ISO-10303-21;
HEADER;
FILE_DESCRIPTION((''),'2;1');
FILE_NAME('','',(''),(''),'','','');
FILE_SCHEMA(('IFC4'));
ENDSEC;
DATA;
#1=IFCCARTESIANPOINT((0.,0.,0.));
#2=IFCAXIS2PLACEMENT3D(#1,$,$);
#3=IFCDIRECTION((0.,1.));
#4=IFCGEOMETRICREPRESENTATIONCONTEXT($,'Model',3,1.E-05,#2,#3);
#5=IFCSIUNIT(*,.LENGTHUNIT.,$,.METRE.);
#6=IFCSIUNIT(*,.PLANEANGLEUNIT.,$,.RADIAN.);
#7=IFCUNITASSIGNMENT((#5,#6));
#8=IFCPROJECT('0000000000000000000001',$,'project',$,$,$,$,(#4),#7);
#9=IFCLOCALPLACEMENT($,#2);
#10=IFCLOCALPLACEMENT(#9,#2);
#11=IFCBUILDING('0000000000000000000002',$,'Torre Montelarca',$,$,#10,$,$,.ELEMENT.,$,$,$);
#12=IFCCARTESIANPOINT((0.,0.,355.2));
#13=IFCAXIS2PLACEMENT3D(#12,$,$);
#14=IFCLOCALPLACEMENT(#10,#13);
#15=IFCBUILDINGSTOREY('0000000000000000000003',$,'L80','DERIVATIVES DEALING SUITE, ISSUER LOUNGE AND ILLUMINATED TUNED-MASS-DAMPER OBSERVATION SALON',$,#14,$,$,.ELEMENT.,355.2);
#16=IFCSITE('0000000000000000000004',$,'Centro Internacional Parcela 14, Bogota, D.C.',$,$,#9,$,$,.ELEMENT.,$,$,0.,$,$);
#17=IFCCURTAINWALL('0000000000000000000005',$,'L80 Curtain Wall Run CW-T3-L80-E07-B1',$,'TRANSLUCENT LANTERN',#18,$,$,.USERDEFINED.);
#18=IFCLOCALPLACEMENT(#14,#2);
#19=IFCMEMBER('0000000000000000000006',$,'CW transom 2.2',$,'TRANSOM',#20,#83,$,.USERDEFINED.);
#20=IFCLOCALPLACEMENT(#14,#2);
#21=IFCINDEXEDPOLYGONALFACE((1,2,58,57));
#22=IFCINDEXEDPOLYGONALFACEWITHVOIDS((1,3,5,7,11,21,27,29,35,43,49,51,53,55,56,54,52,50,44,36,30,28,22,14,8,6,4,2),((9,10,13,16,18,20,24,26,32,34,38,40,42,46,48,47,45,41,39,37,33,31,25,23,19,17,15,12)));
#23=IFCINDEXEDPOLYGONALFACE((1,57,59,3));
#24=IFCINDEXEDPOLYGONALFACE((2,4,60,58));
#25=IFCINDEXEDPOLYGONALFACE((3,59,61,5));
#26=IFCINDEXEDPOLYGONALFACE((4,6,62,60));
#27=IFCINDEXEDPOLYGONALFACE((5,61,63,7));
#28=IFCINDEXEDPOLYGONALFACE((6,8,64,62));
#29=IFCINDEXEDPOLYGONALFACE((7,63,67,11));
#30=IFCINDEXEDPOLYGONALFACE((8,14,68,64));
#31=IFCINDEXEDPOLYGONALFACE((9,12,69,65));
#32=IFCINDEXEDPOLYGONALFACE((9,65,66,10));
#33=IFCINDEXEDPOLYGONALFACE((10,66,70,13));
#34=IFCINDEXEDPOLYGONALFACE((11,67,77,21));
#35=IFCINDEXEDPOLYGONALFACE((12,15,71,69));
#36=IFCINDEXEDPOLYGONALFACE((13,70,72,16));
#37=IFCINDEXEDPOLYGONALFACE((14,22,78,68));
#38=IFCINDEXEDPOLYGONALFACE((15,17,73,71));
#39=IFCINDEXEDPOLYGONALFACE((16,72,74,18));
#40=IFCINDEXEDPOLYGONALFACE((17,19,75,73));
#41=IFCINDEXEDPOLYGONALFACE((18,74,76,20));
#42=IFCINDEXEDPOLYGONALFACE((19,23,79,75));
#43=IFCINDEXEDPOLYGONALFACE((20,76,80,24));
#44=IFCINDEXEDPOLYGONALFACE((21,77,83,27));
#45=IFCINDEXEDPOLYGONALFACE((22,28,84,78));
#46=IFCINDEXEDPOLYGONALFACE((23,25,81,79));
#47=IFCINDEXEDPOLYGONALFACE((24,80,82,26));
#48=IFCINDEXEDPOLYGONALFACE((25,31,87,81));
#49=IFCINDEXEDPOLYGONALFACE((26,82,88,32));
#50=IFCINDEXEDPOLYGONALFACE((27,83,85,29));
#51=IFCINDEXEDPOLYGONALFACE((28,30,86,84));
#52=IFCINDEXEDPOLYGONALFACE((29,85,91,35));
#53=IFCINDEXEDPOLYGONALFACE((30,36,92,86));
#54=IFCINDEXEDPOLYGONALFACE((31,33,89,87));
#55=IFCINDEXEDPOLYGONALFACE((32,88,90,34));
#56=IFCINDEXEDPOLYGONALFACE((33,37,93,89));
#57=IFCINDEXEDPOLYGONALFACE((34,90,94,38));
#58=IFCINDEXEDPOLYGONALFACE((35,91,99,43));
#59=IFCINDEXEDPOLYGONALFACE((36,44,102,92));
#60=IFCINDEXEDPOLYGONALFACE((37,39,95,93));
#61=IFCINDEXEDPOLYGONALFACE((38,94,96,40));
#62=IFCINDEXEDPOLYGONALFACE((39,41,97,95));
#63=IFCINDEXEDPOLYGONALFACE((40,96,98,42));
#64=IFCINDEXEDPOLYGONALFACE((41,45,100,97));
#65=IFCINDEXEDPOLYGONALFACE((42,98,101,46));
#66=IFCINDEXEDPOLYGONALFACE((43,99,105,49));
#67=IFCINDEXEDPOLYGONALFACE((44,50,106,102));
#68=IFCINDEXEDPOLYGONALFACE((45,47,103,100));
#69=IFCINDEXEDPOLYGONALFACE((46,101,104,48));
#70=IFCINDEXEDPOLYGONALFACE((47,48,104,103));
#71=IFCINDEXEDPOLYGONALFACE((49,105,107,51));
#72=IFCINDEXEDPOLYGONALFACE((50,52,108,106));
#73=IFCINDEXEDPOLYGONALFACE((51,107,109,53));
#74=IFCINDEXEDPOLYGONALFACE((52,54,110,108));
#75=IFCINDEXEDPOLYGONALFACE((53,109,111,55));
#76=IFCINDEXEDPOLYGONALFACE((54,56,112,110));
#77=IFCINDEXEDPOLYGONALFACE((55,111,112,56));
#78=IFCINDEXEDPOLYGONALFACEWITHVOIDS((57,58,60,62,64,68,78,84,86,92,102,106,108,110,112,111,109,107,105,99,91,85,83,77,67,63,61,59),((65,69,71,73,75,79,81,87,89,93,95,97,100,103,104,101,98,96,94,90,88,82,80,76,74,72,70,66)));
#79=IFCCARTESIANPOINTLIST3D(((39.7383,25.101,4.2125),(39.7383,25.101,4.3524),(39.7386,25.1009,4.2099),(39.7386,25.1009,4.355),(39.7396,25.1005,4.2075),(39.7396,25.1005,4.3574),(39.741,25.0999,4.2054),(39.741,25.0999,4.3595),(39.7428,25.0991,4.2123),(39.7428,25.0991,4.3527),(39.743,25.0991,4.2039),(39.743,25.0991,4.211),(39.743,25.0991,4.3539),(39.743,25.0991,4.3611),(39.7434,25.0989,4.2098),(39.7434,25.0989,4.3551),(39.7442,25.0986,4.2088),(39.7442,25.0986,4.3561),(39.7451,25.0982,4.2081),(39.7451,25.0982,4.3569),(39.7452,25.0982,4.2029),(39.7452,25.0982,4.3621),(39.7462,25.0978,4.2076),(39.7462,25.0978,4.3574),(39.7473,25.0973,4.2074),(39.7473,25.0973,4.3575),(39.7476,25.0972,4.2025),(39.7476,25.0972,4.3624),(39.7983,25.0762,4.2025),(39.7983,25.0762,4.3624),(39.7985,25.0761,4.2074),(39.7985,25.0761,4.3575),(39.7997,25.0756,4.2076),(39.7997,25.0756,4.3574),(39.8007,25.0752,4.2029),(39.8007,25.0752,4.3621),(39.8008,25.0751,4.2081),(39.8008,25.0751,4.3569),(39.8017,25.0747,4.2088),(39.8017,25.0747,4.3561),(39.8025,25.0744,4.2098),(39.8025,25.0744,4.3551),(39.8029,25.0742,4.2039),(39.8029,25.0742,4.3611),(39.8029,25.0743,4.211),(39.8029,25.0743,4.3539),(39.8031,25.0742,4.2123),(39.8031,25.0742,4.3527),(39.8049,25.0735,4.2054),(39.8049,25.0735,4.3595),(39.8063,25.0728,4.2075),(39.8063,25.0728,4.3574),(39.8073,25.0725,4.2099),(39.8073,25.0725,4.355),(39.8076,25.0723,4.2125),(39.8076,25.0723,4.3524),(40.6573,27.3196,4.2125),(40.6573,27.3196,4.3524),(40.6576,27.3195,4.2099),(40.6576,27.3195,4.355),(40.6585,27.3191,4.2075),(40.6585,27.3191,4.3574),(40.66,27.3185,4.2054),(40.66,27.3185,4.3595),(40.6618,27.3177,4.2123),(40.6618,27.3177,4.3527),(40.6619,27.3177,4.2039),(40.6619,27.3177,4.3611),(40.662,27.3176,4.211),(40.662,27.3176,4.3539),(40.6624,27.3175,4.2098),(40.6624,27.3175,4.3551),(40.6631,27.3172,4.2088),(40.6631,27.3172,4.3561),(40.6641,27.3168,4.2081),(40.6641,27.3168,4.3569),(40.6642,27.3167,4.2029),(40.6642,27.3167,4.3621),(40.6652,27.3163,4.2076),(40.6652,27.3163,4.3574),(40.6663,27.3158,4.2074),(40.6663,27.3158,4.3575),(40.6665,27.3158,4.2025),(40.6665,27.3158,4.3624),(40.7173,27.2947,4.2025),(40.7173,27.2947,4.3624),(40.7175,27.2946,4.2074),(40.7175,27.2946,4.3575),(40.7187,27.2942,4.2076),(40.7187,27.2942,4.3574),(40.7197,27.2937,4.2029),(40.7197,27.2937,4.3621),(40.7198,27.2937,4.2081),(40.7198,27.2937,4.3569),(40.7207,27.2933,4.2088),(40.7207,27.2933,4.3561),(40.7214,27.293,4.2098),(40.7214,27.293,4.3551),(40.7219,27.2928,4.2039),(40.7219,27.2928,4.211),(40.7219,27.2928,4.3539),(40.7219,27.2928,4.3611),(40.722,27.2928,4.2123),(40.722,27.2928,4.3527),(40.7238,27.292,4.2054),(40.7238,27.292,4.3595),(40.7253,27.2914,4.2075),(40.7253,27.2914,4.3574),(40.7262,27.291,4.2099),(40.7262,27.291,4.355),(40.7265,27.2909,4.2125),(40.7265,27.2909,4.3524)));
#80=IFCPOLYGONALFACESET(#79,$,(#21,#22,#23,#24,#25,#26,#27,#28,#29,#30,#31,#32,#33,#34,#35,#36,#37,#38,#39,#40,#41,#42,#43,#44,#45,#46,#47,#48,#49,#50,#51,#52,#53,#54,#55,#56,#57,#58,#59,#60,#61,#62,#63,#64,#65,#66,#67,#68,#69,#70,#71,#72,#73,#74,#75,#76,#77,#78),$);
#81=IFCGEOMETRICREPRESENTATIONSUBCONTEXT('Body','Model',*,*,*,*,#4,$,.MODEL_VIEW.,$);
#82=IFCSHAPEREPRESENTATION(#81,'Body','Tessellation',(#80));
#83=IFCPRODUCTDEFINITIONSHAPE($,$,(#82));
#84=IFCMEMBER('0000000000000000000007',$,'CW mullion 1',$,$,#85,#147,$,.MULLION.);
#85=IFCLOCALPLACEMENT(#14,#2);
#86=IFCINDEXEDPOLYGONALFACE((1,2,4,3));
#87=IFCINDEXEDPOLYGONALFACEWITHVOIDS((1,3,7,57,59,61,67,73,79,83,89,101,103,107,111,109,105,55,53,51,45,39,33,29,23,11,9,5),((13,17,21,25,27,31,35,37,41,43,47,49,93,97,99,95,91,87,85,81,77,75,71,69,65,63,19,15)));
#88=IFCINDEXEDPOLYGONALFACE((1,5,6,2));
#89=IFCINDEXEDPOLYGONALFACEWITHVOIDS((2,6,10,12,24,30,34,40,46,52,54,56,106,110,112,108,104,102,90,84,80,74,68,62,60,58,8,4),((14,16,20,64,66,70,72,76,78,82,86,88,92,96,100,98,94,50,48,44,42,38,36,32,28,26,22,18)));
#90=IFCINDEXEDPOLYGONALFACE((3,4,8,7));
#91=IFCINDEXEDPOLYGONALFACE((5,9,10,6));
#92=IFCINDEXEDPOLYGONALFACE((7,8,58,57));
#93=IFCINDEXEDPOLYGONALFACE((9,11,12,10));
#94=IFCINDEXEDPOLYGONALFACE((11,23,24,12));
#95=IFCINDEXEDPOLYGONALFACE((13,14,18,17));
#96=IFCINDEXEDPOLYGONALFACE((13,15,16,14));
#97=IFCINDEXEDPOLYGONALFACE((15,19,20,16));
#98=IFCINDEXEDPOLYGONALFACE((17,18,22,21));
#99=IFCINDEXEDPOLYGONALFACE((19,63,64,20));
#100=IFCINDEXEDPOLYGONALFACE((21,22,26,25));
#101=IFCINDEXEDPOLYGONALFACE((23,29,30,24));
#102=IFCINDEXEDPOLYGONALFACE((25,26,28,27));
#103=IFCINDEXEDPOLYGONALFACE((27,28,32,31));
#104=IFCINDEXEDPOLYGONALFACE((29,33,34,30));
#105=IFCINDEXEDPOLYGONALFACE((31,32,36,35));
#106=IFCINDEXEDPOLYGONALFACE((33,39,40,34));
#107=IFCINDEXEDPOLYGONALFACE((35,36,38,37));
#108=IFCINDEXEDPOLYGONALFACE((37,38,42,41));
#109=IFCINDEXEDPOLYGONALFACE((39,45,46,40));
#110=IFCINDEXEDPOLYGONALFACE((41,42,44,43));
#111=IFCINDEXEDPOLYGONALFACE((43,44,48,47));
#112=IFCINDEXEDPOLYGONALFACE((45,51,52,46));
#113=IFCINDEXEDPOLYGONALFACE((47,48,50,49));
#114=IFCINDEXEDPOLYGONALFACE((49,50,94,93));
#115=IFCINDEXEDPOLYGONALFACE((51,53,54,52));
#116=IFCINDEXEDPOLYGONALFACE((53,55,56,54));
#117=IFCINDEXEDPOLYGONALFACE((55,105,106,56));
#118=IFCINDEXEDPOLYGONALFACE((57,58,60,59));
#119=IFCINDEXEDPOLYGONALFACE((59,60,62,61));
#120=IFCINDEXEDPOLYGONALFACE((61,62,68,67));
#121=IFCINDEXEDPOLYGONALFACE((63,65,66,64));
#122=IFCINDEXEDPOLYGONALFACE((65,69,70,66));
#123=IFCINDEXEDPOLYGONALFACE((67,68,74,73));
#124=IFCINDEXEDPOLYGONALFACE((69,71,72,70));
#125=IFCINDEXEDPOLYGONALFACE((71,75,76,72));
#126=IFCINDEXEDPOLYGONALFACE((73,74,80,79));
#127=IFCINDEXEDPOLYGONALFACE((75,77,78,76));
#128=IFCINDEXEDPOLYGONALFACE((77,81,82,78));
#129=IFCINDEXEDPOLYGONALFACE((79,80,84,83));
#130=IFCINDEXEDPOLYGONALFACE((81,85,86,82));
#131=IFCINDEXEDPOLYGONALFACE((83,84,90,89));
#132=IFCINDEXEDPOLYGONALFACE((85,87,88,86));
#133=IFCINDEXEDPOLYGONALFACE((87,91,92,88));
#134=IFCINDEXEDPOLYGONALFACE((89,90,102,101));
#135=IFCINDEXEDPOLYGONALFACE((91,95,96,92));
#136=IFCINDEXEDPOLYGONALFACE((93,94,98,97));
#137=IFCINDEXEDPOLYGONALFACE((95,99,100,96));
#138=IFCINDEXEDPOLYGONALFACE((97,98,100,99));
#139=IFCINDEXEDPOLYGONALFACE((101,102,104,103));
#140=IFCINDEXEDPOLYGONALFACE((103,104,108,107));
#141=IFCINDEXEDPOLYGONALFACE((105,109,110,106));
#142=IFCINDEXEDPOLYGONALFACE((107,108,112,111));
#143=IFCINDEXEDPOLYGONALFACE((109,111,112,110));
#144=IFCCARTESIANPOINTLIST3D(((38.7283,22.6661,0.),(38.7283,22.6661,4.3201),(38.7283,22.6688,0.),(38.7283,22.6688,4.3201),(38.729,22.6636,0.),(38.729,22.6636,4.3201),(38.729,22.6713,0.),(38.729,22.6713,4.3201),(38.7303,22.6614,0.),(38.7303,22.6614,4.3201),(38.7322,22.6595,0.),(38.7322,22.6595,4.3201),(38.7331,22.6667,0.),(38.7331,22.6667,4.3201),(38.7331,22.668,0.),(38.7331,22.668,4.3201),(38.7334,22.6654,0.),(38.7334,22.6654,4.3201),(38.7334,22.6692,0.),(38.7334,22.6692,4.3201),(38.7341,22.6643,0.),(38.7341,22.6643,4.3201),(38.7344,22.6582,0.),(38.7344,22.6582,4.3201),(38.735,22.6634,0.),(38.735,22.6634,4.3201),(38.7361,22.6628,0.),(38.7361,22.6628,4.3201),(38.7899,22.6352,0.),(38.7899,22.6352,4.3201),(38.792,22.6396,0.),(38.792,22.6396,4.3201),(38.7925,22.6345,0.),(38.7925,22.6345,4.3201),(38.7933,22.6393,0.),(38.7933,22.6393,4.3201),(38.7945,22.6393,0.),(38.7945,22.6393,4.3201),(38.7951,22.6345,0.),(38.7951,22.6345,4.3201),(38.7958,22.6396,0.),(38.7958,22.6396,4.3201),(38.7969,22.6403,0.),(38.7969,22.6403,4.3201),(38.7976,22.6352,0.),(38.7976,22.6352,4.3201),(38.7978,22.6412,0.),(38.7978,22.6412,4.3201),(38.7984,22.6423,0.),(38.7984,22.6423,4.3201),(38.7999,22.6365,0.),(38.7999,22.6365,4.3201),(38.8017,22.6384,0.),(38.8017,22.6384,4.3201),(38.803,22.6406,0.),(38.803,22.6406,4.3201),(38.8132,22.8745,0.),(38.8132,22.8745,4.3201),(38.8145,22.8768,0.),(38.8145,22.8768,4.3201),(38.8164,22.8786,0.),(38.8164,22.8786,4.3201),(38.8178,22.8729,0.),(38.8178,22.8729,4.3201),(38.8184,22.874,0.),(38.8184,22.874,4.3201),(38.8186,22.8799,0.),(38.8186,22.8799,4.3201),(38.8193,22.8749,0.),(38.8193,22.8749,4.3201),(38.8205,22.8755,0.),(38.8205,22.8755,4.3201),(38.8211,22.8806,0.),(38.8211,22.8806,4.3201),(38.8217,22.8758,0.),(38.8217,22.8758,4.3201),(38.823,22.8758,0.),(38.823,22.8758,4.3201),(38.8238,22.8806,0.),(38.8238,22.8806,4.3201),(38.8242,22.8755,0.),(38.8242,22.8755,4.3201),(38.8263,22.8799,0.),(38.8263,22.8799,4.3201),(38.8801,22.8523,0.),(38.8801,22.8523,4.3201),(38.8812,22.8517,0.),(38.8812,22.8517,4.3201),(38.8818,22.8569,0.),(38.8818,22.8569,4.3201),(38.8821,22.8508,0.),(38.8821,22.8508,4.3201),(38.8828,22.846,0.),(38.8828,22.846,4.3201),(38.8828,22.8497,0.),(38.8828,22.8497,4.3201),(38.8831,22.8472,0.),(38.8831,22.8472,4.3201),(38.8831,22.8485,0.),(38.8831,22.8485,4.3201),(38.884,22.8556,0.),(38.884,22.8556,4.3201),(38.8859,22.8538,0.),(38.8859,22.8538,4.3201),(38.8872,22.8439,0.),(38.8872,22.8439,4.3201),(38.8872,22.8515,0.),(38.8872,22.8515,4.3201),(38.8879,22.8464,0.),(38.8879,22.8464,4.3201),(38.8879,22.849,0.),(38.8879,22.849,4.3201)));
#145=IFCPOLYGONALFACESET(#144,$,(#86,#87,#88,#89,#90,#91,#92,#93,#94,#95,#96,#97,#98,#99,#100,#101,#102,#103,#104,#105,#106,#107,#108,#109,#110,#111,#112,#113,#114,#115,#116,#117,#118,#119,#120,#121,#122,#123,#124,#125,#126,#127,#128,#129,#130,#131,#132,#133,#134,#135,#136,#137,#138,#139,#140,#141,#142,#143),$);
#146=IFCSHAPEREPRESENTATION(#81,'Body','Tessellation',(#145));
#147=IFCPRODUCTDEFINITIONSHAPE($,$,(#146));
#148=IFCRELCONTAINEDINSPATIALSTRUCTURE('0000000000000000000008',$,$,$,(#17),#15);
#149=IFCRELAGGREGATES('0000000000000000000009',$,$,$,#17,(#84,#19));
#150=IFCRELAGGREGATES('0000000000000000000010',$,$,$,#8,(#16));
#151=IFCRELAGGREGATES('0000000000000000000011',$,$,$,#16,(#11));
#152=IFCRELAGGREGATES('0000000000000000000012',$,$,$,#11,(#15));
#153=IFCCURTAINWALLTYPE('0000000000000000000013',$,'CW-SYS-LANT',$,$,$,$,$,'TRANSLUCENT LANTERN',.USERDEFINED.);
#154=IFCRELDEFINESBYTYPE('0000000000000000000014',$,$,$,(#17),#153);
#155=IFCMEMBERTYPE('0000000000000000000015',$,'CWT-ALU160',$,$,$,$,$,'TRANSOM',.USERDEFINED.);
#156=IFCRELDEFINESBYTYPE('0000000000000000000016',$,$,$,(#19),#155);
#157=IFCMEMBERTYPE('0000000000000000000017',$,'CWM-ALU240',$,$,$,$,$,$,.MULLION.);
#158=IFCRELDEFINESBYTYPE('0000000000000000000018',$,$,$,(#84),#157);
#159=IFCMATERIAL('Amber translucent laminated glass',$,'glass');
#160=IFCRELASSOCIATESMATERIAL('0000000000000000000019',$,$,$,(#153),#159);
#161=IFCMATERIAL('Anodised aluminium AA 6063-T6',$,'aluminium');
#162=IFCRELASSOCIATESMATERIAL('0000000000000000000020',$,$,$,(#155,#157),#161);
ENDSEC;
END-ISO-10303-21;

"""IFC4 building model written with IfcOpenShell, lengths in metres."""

from ifc_helpers import new_model, si_unit, direction, frame, origin, origin_2d, place, context, subcontext, project, spatial, hollow_rectangle, extrude, source, transform, mapped, material, material_profile, profile_set, type_object, element, aggregate, save


model = new_model("IFC4")

# Units and contexts
model_context = context("Model", 3, precision=1e-05, world=origin(), true_north=direction((0.0, 1.0)))
body_context = subcontext(model_context, "Body", "Model", "MODEL_VIEW")
ifc_project = project(units=[si_unit("LENGTHUNIT", "METRE"), si_unit("PLANEANGLEUNIT", "RADIAN")], contexts=[model_context])

# Site, building, storey
site_placement = place(None, origin())
site = spatial("IfcSite", under=ifc_project, at=site_placement, Name="Centro Internacional Parcela 14, Bogota, D.C.", CompositionType="ELEMENT", RefElevation=0.0)
building_placement = place(site_placement, origin())
building = spatial("IfcBuilding", under=site, at=building_placement, Name="Torre Montelarca", CompositionType="ELEMENT")
storey_placement = place(building_placement, frame((0.0, 0.0, 355.2)))
storey = spatial("IfcBuildingStorey", under=building, at=storey_placement, Name="L80", Description="DERIVATIVES DEALING SUITE, ISSUER LOUNGE AND ILLUMINATED TUNED-MASS-DAMPER OBSERVATION SALON", CompositionType="ELEMENT", Elevation=355.2)

# Curtain wall, members
ifc_material_1 = material(Name="Amber translucent laminated glass", Category="glass")
curtain_wall_type = type_object("IfcCurtainWallType", Name="CW-SYS-LANT", ElementType="TRANSLUCENT LANTERN", PredefinedType="USERDEFINED", material=ifc_material_1)
curtain_wall_placement = place(storey_placement, origin())
curtain_wall = element("IfcCurtainWall", 1, at=curtain_wall_placement, inside=storey, type_object=curtain_wall_type, Name="L80 Curtain Wall Run CW-T3-L80-E07-B1", ObjectType="TRANSLUCENT LANTERN", PredefinedType="USERDEFINED")
ifc_material_2 = material(Name="Anodised aluminium AA 6063-T6", Category="aluminium")
ifc_material_profile_1 = material_profile(ifc_material_2, hollow_rectangle(XDim=0.075, YDim=0.1599, WallThickness=0.0049, InnerFilletRadius=0.0049, OuterFilletRadius=0.01, at=origin_2d()), Name="ALU75X160X5", Category="aluminium")
ifc_profile_set_1 = profile_set([ifc_material_profile_1], Name="Anodised aluminium AA 6063-T6")
member_type_1 = type_object("IfcMemberType", Name="CWT-ALU160", ElementType="TRANSOM", PredefinedType="USERDEFINED", material=ifc_profile_set_1)
shared_shape_1 = source(origin(), body_context, "Body", "SweptSolid", [
    extrude(hollow_rectangle(XDim=0.075, YDim=0.1599, WallThickness=0.0049, InnerFilletRadius=0.0049, OuterFilletRadius=0.01, at=origin_2d()), origin(), (0.0, 0.0, 1.0), 2.4014),
])
member_1_placement = place(storey_placement, frame((39.7729, 25.0867, 4.2825), z_axis=(0.382687, 0.923878, 0.0), x_axis=(-0.923878, 0.382687, 0.0)))
member_1 = element("IfcMember", 2, at=member_1_placement, type_object=member_type_1, Name="CW transom 2.2", ObjectType="TRANSOM", PredefinedType="USERDEFINED", context=body_context, shape_type="MappedRepresentation", body=[
    mapped(shared_shape_1, transform((0.0, 0.0, 0.0), scale=1.0)),
])
ifc_material_profile_2 = material_profile(ifc_material_2, hollow_rectangle(XDim=0.0801, YDim=0.24, WallThickness=0.0049, InnerFilletRadius=0.0049, OuterFilletRadius=0.01, at=origin_2d()), Name="ALU80X240X5", Category="aluminium")
ifc_profile_set_2 = profile_set([ifc_material_profile_2], Name="Anodised aluminium AA 6063-T6")
member_type_2 = type_object("IfcMemberType", Name="CWM-ALU240", PredefinedType="MULLION", material=ifc_profile_set_2)
shared_shape_2 = source(origin(), body_context, "Body", "SweptSolid", [
    extrude(hollow_rectangle(XDim=0.0801, YDim=0.24, WallThickness=0.0049, InnerFilletRadius=0.0049, OuterFilletRadius=0.01, at=origin_2d()), origin(), (0.0, 0.0, 1.0), 4.3201),
])
member_2_placement = place(storey_placement, frame((38.8081, 22.7576, 0.0), z_axis=(0.0, 0.0, 1.0), x_axis=(-0.923881, 0.382681, 0.0)))
member_2 = element("IfcMember", 3, at=member_2_placement, type_object=member_type_2, Name="CW mullion 1", PredefinedType="MULLION", context=body_context, shape_type="MappedRepresentation", body=[
    mapped(shared_shape_2, transform((0.0, 0.0, 0.0), scale=1.0)),
])
aggregate(curtain_wall, [member_2, member_1])

save(model, "model.ifc")
